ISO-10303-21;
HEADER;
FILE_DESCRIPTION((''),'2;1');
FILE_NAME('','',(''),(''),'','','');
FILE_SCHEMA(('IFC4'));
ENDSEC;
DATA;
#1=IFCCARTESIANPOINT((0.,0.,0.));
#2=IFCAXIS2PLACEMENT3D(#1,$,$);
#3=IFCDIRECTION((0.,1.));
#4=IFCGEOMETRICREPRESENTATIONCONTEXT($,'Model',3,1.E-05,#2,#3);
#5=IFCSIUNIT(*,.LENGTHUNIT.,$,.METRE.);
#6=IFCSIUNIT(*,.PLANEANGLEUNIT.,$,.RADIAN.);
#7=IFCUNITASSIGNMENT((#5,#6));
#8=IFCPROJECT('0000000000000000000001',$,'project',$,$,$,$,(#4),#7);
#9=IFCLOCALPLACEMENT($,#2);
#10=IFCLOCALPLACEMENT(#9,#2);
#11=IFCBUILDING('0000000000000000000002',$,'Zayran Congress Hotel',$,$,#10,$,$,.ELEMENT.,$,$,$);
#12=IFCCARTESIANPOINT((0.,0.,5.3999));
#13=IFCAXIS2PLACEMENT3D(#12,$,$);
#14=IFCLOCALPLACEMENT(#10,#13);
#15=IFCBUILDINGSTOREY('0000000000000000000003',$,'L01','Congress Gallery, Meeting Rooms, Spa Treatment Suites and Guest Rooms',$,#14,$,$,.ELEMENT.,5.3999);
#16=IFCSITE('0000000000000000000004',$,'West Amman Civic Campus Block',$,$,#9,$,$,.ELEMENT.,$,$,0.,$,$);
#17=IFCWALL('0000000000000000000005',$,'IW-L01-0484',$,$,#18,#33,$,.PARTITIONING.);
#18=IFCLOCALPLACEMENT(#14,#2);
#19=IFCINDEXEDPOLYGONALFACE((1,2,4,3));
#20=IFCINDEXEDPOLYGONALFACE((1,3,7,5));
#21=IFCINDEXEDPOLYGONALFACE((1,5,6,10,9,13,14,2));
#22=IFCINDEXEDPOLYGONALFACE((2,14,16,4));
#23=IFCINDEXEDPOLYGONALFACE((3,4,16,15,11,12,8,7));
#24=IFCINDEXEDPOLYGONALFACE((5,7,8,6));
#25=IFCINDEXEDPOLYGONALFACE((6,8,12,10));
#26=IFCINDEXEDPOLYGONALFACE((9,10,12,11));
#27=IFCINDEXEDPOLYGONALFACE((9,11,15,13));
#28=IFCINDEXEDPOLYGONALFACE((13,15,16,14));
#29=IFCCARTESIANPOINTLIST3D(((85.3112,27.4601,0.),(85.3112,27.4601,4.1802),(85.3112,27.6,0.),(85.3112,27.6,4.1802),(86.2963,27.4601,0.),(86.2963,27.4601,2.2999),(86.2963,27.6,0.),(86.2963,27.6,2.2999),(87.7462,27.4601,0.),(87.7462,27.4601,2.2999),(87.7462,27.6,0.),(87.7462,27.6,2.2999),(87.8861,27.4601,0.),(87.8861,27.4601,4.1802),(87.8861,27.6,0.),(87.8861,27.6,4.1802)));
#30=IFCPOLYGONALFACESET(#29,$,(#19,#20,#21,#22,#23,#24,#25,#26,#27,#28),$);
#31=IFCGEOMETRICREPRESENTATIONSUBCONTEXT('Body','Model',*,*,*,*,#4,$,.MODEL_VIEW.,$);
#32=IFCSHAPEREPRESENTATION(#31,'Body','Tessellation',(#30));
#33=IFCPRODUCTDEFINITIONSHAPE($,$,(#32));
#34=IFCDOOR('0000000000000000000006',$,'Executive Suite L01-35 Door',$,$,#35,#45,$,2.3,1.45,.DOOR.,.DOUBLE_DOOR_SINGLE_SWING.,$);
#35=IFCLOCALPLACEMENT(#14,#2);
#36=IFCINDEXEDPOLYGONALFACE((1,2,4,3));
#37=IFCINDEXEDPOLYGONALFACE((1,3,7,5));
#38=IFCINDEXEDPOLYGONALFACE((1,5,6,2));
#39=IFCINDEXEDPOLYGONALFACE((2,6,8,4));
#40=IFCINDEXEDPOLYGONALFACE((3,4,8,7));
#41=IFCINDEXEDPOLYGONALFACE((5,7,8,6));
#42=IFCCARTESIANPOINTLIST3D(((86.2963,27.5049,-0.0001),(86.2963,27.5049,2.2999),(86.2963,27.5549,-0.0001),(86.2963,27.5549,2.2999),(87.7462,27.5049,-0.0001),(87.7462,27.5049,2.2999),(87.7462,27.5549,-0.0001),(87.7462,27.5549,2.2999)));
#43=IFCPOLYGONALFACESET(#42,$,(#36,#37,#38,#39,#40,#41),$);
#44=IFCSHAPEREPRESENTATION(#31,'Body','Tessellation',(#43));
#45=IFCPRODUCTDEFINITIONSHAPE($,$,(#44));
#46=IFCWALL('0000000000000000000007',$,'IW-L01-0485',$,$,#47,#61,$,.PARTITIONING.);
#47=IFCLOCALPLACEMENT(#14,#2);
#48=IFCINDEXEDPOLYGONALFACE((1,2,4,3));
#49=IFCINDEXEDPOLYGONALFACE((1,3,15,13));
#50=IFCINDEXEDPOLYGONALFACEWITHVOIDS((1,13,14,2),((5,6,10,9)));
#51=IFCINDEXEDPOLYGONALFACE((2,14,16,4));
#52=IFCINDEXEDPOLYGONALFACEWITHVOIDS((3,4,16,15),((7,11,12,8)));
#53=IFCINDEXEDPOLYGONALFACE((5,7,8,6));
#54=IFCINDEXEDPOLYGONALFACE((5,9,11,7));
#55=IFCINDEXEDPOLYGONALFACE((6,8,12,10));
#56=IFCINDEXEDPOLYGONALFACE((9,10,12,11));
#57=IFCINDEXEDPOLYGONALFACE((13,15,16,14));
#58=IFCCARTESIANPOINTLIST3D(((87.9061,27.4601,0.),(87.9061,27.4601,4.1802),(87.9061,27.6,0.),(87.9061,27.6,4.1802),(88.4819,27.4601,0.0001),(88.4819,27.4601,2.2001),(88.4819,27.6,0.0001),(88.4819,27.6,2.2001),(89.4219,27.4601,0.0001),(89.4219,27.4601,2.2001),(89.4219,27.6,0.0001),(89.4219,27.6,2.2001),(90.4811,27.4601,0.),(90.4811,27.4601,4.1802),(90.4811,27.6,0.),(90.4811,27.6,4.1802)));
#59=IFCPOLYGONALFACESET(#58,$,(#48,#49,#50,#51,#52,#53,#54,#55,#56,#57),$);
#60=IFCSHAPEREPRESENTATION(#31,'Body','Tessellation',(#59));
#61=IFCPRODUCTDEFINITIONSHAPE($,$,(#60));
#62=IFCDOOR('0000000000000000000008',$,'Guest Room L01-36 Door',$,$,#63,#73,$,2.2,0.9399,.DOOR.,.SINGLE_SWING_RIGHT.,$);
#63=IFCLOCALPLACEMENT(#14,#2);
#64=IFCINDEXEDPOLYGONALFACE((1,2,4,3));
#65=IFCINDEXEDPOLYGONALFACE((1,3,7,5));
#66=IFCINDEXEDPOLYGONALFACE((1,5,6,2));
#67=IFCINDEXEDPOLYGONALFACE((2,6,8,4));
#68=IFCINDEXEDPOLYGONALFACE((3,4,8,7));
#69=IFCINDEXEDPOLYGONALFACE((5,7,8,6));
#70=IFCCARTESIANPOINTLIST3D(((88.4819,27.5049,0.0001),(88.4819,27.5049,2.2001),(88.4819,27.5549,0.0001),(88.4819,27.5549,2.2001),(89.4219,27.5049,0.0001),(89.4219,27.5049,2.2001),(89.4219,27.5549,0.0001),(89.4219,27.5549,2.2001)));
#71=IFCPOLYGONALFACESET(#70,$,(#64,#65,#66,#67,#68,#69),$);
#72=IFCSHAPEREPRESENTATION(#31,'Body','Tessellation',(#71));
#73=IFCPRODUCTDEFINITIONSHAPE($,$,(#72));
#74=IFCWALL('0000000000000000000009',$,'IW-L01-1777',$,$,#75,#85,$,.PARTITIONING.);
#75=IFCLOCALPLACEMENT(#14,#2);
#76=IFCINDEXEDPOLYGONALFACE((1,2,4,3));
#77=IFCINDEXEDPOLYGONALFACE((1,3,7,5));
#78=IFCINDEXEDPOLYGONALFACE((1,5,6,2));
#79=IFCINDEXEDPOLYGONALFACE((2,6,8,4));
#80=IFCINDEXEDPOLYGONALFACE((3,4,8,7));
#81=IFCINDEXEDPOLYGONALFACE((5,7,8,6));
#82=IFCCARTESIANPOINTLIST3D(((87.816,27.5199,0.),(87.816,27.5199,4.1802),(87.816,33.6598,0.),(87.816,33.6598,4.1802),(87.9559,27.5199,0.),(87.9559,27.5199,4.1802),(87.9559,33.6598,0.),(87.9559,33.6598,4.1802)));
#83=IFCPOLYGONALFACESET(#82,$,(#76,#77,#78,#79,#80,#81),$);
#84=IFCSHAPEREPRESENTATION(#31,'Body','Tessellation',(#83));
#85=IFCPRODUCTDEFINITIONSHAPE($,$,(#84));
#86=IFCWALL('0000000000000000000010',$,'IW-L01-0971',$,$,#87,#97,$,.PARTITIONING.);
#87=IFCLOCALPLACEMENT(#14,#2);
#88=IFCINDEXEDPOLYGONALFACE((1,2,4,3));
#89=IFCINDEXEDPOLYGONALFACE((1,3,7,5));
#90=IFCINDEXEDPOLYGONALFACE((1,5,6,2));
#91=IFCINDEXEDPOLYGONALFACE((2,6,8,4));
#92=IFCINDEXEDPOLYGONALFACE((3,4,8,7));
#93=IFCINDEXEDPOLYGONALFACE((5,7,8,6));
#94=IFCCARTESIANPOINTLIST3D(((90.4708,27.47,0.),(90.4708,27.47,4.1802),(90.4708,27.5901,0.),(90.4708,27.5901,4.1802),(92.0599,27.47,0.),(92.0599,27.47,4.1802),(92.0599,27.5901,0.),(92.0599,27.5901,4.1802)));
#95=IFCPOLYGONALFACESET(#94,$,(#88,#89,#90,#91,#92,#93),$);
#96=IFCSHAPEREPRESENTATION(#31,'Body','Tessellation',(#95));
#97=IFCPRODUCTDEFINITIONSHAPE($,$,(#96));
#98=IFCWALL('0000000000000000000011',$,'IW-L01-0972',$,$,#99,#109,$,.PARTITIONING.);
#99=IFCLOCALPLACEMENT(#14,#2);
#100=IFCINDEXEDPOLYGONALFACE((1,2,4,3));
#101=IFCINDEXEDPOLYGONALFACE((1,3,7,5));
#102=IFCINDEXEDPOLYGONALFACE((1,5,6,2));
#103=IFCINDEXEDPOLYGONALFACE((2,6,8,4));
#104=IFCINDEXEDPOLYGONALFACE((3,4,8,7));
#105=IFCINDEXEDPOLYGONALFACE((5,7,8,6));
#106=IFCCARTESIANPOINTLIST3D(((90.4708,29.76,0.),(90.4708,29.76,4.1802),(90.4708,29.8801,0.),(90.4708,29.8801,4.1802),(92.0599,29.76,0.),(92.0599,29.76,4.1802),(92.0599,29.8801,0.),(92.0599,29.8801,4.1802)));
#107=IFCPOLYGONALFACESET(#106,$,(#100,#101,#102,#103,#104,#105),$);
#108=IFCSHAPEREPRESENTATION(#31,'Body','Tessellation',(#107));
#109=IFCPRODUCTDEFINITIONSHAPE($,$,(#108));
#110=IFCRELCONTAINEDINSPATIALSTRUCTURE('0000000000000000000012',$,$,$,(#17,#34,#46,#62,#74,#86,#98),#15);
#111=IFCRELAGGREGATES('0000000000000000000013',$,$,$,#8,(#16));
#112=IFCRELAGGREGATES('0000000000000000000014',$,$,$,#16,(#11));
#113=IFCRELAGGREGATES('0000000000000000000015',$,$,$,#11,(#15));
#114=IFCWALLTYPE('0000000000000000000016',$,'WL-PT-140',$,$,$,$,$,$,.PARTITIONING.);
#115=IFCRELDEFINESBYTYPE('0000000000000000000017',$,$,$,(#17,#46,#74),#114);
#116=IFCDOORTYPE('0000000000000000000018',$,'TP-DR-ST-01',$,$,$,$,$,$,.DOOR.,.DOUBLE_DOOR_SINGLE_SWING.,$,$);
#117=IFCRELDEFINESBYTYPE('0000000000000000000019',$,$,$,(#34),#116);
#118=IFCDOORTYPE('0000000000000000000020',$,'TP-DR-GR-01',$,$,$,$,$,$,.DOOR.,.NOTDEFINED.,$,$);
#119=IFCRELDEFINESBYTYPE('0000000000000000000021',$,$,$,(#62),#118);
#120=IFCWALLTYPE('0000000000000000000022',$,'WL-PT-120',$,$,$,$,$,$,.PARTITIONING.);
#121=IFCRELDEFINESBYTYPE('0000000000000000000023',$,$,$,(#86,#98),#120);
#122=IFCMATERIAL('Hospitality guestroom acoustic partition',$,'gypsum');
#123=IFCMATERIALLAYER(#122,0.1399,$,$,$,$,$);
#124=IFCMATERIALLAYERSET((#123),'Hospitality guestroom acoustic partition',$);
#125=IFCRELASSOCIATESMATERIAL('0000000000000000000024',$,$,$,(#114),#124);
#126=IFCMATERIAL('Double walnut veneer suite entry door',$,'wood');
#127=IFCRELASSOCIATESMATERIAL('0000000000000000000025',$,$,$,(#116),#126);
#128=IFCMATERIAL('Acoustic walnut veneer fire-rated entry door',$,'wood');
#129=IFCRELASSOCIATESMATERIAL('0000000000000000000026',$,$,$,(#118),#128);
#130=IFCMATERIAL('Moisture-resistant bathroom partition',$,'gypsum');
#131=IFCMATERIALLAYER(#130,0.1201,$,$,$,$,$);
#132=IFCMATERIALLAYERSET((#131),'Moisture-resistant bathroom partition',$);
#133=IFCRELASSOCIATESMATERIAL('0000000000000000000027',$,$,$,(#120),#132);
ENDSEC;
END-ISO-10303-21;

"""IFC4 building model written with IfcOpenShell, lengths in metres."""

from ifc_helpers import new_model, si_unit, direction, frame, frame_2d, origin, place, context, subcontext, project, spatial, rectangle, extrude, material, layer, layer_set, type_object, element, fill, save


model = new_model("IFC4")

# Units and contexts
model_context = context("Model", 3, precision=1e-05, world=origin(), true_north=direction((0.0, 1.0)))
body_context = subcontext(model_context, "Body", "Model", "MODEL_VIEW")
ifc_project = project(units=[si_unit("LENGTHUNIT", "METRE"), si_unit("PLANEANGLEUNIT", "RADIAN")], contexts=[model_context])

# Site, building, storey
site_placement = place(None, origin())
site = spatial("IfcSite", under=ifc_project, at=site_placement, Name="West Amman Civic Campus Block", CompositionType="ELEMENT", RefElevation=0.0)
building_placement = place(site_placement, origin())
building = spatial("IfcBuilding", under=site, at=building_placement, Name="Zayran Congress Hotel", CompositionType="ELEMENT")
storey_placement = place(building_placement, frame((0.0, 0.0, 5.3999)))
storey = spatial("IfcBuildingStorey", under=building, at=storey_placement, Name="L01", Description="Congress Gallery, Meeting Rooms, Spa Treatment Suites and Guest Rooms", CompositionType="ELEMENT", Elevation=5.3999)

# Walls, openings, doors
ifc_material_1 = material(Name="Hospitality guestroom acoustic partition", Category="gypsum")
ifc_layer_1 = layer(ifc_material_1, 0.1399)
ifc_layer_set_1 = layer_set([ifc_layer_1], Name="Hospitality guestroom acoustic partition")
wall_type_1 = type_object("IfcWallType", Name="WL-PT-140", PredefinedType="PARTITIONING", material=ifc_layer_set_1)
wall_1_placement = place(storey_placement, frame((85.311, 27.53, 0.0), z_axis=(0.0, 0.0, 1.0), x_axis=(1.0, 0.0, 0.0)))
wall_1 = element("IfcWall", 1, at=wall_1_placement, inside=storey, type_object=wall_type_1, Name="IW-L01-0484", PredefinedType="PARTITIONING", context=body_context, shape_type="SweptSolid", body=[
    extrude(rectangle(XDim=2.575, YDim=0.1399, at=frame_2d((1.2876, 0.0))), origin(), (0.0, 0.0, 1.0), 4.1802),
])
opening_1_placement = place(wall_1_placement, frame((0.9851, 0.0, 0.0)))
opening_1 = element("IfcOpeningElement", 2, at=opening_1_placement, cuts=wall_1, PredefinedType="OPENING", context=body_context, shape_type="SweptSolid", body=[
    extrude(rectangle(XDim=1.45, YDim=2.3, at=frame_2d((0.7251, 1.1499))), frame((0.0, 0.0798, 0.0), z_axis=(0.0, -1.0, 0.0), x_axis=(1.0, 0.0, 0.0)), (0.0, 0.0, 1.0), 0.1599),
])
ifc_material_2 = material(Name="Double walnut veneer suite entry door", Category="wood")
door_type_1 = type_object("IfcDoorType", Name="TP-DR-ST-01", OperationType="DOUBLE_DOOR_SINGLE_SWING", PredefinedType="DOOR", material=ifc_material_2)
door_1_placement = place(opening_1_placement, origin())
door_1 = element("IfcDoor", 3, at=door_1_placement, inside=storey, type_object=door_type_1, Name="Executive Suite L01-35 Door", OperationType="DOUBLE_DOOR_SINGLE_SWING", OverallHeight=2.3, OverallWidth=1.45, PredefinedType="DOOR", context=body_context, shape_type="SweptSolid", body=[
    extrude(rectangle(XDim=1.45, YDim=2.3, at=frame_2d((0.7251, 1.1499))), frame((0.0, 0.0249, 0.0), z_axis=(0.0, -1.0, 0.0), x_axis=(1.0, 0.0, 0.0)), (0.0, 0.0, 1.0), 0.05),
])
fill(opening_1, door_1)
wall_2_placement = place(storey_placement, frame((87.906, 27.53, 0.0), z_axis=(0.0, 0.0, 1.0), x_axis=(1.0, 0.0, 0.0)))
wall_2 = element("IfcWall", 4, at=wall_2_placement, inside=storey, type_object=wall_type_1, Name="IW-L01-0485", PredefinedType="PARTITIONING", context=body_context, shape_type="SweptSolid", body=[
    extrude(rectangle(XDim=2.575, YDim=0.1399, at=frame_2d((1.2876, 0.0))), origin(), (0.0, 0.0, 1.0), 4.1802),
])
opening_2_placement = place(wall_2_placement, frame((0.5759, 0.0, 0.0)))
opening_2 = element("IfcOpeningElement", 5, at=opening_2_placement, cuts=wall_2, PredefinedType="OPENING", context=body_context, shape_type="SweptSolid", body=[
    extrude(rectangle(XDim=0.9399, YDim=2.2, at=frame_2d((0.47, 1.1001))), frame((0.0, 0.0798, 0.0), z_axis=(0.0, -1.0, 0.0), x_axis=(1.0, 0.0, 0.0)), (0.0, 0.0, 1.0), 0.1599),
])
ifc_material_3 = material(Name="Acoustic walnut veneer fire-rated entry door", Category="wood")
door_type_2 = type_object("IfcDoorType", Name="TP-DR-GR-01", OperationType="NOTDEFINED", PredefinedType="DOOR", material=ifc_material_3)
door_2_placement = place(opening_2_placement, origin())
door_2 = element("IfcDoor", 6, at=door_2_placement, inside=storey, type_object=door_type_2, Name="Guest Room L01-36 Door", OperationType="SINGLE_SWING_RIGHT", OverallHeight=2.2, OverallWidth=0.9399, PredefinedType="DOOR", context=body_context, shape_type="SweptSolid", body=[
    extrude(rectangle(XDim=0.9399, YDim=2.2, at=frame_2d((0.47, 1.1001))), frame((0.0, 0.0249, 0.0), z_axis=(0.0, -1.0, 0.0), x_axis=(1.0, 0.0, 0.0)), (0.0, 0.0, 1.0), 0.05),
])
fill(opening_2, door_2)

# Wall
wall_3_placement = place(storey_placement, frame((87.886, 27.52, 0.0), z_axis=(0.0, 0.0, 1.0), x_axis=(0.0, 1.0, 0.0)))
element("IfcWall", 7, at=wall_3_placement, inside=storey, type_object=wall_type_1, Name="IW-L01-1777", PredefinedType="PARTITIONING", context=body_context, shape_type="SweptSolid", body=[
    extrude(rectangle(XDim=6.1399, YDim=0.1399, at=frame_2d((3.0698, 0.0))), origin(), (0.0, 0.0, 1.0), 4.1802),
])

# Shared definitions
ifc_material_4 = material(Name="Moisture-resistant bathroom partition", Category="gypsum")
ifc_layer_2 = layer(ifc_material_4, 0.1201)
ifc_layer_set_2 = layer_set([ifc_layer_2], Name="Moisture-resistant bathroom partition")
wall_type_2 = type_object("IfcWallType", Name="WL-PT-120", PredefinedType="PARTITIONING", material=ifc_layer_set_2)

# Walls
for number, where, z_axis, x_axis, name in (
    (8, (90.4709, 27.53, 0.0), (0.0, 0.0, 1.0), (1.0, 0.0, 0.0), "IW-L01-0971"),
    (9, (90.4709, 29.8201, 0.0), (0.0, 0.0, 1.0), (1.0, 0.0, 0.0), "IW-L01-0972"),
):
    element("IfcWall", number, at=place(storey_placement, frame(where, z_axis=z_axis, x_axis=x_axis)), inside=storey, type_object=wall_type_2, Name=name, PredefinedType="PARTITIONING", context=body_context, shape_type="SweptSolid", body=[
        extrude(rectangle(XDim=1.5891, YDim=0.1201, at=frame_2d((0.7944, 0.0))), origin(), (0.0, 0.0, 1.0), 4.1802),
    ])

save(model, "model.ifc")
